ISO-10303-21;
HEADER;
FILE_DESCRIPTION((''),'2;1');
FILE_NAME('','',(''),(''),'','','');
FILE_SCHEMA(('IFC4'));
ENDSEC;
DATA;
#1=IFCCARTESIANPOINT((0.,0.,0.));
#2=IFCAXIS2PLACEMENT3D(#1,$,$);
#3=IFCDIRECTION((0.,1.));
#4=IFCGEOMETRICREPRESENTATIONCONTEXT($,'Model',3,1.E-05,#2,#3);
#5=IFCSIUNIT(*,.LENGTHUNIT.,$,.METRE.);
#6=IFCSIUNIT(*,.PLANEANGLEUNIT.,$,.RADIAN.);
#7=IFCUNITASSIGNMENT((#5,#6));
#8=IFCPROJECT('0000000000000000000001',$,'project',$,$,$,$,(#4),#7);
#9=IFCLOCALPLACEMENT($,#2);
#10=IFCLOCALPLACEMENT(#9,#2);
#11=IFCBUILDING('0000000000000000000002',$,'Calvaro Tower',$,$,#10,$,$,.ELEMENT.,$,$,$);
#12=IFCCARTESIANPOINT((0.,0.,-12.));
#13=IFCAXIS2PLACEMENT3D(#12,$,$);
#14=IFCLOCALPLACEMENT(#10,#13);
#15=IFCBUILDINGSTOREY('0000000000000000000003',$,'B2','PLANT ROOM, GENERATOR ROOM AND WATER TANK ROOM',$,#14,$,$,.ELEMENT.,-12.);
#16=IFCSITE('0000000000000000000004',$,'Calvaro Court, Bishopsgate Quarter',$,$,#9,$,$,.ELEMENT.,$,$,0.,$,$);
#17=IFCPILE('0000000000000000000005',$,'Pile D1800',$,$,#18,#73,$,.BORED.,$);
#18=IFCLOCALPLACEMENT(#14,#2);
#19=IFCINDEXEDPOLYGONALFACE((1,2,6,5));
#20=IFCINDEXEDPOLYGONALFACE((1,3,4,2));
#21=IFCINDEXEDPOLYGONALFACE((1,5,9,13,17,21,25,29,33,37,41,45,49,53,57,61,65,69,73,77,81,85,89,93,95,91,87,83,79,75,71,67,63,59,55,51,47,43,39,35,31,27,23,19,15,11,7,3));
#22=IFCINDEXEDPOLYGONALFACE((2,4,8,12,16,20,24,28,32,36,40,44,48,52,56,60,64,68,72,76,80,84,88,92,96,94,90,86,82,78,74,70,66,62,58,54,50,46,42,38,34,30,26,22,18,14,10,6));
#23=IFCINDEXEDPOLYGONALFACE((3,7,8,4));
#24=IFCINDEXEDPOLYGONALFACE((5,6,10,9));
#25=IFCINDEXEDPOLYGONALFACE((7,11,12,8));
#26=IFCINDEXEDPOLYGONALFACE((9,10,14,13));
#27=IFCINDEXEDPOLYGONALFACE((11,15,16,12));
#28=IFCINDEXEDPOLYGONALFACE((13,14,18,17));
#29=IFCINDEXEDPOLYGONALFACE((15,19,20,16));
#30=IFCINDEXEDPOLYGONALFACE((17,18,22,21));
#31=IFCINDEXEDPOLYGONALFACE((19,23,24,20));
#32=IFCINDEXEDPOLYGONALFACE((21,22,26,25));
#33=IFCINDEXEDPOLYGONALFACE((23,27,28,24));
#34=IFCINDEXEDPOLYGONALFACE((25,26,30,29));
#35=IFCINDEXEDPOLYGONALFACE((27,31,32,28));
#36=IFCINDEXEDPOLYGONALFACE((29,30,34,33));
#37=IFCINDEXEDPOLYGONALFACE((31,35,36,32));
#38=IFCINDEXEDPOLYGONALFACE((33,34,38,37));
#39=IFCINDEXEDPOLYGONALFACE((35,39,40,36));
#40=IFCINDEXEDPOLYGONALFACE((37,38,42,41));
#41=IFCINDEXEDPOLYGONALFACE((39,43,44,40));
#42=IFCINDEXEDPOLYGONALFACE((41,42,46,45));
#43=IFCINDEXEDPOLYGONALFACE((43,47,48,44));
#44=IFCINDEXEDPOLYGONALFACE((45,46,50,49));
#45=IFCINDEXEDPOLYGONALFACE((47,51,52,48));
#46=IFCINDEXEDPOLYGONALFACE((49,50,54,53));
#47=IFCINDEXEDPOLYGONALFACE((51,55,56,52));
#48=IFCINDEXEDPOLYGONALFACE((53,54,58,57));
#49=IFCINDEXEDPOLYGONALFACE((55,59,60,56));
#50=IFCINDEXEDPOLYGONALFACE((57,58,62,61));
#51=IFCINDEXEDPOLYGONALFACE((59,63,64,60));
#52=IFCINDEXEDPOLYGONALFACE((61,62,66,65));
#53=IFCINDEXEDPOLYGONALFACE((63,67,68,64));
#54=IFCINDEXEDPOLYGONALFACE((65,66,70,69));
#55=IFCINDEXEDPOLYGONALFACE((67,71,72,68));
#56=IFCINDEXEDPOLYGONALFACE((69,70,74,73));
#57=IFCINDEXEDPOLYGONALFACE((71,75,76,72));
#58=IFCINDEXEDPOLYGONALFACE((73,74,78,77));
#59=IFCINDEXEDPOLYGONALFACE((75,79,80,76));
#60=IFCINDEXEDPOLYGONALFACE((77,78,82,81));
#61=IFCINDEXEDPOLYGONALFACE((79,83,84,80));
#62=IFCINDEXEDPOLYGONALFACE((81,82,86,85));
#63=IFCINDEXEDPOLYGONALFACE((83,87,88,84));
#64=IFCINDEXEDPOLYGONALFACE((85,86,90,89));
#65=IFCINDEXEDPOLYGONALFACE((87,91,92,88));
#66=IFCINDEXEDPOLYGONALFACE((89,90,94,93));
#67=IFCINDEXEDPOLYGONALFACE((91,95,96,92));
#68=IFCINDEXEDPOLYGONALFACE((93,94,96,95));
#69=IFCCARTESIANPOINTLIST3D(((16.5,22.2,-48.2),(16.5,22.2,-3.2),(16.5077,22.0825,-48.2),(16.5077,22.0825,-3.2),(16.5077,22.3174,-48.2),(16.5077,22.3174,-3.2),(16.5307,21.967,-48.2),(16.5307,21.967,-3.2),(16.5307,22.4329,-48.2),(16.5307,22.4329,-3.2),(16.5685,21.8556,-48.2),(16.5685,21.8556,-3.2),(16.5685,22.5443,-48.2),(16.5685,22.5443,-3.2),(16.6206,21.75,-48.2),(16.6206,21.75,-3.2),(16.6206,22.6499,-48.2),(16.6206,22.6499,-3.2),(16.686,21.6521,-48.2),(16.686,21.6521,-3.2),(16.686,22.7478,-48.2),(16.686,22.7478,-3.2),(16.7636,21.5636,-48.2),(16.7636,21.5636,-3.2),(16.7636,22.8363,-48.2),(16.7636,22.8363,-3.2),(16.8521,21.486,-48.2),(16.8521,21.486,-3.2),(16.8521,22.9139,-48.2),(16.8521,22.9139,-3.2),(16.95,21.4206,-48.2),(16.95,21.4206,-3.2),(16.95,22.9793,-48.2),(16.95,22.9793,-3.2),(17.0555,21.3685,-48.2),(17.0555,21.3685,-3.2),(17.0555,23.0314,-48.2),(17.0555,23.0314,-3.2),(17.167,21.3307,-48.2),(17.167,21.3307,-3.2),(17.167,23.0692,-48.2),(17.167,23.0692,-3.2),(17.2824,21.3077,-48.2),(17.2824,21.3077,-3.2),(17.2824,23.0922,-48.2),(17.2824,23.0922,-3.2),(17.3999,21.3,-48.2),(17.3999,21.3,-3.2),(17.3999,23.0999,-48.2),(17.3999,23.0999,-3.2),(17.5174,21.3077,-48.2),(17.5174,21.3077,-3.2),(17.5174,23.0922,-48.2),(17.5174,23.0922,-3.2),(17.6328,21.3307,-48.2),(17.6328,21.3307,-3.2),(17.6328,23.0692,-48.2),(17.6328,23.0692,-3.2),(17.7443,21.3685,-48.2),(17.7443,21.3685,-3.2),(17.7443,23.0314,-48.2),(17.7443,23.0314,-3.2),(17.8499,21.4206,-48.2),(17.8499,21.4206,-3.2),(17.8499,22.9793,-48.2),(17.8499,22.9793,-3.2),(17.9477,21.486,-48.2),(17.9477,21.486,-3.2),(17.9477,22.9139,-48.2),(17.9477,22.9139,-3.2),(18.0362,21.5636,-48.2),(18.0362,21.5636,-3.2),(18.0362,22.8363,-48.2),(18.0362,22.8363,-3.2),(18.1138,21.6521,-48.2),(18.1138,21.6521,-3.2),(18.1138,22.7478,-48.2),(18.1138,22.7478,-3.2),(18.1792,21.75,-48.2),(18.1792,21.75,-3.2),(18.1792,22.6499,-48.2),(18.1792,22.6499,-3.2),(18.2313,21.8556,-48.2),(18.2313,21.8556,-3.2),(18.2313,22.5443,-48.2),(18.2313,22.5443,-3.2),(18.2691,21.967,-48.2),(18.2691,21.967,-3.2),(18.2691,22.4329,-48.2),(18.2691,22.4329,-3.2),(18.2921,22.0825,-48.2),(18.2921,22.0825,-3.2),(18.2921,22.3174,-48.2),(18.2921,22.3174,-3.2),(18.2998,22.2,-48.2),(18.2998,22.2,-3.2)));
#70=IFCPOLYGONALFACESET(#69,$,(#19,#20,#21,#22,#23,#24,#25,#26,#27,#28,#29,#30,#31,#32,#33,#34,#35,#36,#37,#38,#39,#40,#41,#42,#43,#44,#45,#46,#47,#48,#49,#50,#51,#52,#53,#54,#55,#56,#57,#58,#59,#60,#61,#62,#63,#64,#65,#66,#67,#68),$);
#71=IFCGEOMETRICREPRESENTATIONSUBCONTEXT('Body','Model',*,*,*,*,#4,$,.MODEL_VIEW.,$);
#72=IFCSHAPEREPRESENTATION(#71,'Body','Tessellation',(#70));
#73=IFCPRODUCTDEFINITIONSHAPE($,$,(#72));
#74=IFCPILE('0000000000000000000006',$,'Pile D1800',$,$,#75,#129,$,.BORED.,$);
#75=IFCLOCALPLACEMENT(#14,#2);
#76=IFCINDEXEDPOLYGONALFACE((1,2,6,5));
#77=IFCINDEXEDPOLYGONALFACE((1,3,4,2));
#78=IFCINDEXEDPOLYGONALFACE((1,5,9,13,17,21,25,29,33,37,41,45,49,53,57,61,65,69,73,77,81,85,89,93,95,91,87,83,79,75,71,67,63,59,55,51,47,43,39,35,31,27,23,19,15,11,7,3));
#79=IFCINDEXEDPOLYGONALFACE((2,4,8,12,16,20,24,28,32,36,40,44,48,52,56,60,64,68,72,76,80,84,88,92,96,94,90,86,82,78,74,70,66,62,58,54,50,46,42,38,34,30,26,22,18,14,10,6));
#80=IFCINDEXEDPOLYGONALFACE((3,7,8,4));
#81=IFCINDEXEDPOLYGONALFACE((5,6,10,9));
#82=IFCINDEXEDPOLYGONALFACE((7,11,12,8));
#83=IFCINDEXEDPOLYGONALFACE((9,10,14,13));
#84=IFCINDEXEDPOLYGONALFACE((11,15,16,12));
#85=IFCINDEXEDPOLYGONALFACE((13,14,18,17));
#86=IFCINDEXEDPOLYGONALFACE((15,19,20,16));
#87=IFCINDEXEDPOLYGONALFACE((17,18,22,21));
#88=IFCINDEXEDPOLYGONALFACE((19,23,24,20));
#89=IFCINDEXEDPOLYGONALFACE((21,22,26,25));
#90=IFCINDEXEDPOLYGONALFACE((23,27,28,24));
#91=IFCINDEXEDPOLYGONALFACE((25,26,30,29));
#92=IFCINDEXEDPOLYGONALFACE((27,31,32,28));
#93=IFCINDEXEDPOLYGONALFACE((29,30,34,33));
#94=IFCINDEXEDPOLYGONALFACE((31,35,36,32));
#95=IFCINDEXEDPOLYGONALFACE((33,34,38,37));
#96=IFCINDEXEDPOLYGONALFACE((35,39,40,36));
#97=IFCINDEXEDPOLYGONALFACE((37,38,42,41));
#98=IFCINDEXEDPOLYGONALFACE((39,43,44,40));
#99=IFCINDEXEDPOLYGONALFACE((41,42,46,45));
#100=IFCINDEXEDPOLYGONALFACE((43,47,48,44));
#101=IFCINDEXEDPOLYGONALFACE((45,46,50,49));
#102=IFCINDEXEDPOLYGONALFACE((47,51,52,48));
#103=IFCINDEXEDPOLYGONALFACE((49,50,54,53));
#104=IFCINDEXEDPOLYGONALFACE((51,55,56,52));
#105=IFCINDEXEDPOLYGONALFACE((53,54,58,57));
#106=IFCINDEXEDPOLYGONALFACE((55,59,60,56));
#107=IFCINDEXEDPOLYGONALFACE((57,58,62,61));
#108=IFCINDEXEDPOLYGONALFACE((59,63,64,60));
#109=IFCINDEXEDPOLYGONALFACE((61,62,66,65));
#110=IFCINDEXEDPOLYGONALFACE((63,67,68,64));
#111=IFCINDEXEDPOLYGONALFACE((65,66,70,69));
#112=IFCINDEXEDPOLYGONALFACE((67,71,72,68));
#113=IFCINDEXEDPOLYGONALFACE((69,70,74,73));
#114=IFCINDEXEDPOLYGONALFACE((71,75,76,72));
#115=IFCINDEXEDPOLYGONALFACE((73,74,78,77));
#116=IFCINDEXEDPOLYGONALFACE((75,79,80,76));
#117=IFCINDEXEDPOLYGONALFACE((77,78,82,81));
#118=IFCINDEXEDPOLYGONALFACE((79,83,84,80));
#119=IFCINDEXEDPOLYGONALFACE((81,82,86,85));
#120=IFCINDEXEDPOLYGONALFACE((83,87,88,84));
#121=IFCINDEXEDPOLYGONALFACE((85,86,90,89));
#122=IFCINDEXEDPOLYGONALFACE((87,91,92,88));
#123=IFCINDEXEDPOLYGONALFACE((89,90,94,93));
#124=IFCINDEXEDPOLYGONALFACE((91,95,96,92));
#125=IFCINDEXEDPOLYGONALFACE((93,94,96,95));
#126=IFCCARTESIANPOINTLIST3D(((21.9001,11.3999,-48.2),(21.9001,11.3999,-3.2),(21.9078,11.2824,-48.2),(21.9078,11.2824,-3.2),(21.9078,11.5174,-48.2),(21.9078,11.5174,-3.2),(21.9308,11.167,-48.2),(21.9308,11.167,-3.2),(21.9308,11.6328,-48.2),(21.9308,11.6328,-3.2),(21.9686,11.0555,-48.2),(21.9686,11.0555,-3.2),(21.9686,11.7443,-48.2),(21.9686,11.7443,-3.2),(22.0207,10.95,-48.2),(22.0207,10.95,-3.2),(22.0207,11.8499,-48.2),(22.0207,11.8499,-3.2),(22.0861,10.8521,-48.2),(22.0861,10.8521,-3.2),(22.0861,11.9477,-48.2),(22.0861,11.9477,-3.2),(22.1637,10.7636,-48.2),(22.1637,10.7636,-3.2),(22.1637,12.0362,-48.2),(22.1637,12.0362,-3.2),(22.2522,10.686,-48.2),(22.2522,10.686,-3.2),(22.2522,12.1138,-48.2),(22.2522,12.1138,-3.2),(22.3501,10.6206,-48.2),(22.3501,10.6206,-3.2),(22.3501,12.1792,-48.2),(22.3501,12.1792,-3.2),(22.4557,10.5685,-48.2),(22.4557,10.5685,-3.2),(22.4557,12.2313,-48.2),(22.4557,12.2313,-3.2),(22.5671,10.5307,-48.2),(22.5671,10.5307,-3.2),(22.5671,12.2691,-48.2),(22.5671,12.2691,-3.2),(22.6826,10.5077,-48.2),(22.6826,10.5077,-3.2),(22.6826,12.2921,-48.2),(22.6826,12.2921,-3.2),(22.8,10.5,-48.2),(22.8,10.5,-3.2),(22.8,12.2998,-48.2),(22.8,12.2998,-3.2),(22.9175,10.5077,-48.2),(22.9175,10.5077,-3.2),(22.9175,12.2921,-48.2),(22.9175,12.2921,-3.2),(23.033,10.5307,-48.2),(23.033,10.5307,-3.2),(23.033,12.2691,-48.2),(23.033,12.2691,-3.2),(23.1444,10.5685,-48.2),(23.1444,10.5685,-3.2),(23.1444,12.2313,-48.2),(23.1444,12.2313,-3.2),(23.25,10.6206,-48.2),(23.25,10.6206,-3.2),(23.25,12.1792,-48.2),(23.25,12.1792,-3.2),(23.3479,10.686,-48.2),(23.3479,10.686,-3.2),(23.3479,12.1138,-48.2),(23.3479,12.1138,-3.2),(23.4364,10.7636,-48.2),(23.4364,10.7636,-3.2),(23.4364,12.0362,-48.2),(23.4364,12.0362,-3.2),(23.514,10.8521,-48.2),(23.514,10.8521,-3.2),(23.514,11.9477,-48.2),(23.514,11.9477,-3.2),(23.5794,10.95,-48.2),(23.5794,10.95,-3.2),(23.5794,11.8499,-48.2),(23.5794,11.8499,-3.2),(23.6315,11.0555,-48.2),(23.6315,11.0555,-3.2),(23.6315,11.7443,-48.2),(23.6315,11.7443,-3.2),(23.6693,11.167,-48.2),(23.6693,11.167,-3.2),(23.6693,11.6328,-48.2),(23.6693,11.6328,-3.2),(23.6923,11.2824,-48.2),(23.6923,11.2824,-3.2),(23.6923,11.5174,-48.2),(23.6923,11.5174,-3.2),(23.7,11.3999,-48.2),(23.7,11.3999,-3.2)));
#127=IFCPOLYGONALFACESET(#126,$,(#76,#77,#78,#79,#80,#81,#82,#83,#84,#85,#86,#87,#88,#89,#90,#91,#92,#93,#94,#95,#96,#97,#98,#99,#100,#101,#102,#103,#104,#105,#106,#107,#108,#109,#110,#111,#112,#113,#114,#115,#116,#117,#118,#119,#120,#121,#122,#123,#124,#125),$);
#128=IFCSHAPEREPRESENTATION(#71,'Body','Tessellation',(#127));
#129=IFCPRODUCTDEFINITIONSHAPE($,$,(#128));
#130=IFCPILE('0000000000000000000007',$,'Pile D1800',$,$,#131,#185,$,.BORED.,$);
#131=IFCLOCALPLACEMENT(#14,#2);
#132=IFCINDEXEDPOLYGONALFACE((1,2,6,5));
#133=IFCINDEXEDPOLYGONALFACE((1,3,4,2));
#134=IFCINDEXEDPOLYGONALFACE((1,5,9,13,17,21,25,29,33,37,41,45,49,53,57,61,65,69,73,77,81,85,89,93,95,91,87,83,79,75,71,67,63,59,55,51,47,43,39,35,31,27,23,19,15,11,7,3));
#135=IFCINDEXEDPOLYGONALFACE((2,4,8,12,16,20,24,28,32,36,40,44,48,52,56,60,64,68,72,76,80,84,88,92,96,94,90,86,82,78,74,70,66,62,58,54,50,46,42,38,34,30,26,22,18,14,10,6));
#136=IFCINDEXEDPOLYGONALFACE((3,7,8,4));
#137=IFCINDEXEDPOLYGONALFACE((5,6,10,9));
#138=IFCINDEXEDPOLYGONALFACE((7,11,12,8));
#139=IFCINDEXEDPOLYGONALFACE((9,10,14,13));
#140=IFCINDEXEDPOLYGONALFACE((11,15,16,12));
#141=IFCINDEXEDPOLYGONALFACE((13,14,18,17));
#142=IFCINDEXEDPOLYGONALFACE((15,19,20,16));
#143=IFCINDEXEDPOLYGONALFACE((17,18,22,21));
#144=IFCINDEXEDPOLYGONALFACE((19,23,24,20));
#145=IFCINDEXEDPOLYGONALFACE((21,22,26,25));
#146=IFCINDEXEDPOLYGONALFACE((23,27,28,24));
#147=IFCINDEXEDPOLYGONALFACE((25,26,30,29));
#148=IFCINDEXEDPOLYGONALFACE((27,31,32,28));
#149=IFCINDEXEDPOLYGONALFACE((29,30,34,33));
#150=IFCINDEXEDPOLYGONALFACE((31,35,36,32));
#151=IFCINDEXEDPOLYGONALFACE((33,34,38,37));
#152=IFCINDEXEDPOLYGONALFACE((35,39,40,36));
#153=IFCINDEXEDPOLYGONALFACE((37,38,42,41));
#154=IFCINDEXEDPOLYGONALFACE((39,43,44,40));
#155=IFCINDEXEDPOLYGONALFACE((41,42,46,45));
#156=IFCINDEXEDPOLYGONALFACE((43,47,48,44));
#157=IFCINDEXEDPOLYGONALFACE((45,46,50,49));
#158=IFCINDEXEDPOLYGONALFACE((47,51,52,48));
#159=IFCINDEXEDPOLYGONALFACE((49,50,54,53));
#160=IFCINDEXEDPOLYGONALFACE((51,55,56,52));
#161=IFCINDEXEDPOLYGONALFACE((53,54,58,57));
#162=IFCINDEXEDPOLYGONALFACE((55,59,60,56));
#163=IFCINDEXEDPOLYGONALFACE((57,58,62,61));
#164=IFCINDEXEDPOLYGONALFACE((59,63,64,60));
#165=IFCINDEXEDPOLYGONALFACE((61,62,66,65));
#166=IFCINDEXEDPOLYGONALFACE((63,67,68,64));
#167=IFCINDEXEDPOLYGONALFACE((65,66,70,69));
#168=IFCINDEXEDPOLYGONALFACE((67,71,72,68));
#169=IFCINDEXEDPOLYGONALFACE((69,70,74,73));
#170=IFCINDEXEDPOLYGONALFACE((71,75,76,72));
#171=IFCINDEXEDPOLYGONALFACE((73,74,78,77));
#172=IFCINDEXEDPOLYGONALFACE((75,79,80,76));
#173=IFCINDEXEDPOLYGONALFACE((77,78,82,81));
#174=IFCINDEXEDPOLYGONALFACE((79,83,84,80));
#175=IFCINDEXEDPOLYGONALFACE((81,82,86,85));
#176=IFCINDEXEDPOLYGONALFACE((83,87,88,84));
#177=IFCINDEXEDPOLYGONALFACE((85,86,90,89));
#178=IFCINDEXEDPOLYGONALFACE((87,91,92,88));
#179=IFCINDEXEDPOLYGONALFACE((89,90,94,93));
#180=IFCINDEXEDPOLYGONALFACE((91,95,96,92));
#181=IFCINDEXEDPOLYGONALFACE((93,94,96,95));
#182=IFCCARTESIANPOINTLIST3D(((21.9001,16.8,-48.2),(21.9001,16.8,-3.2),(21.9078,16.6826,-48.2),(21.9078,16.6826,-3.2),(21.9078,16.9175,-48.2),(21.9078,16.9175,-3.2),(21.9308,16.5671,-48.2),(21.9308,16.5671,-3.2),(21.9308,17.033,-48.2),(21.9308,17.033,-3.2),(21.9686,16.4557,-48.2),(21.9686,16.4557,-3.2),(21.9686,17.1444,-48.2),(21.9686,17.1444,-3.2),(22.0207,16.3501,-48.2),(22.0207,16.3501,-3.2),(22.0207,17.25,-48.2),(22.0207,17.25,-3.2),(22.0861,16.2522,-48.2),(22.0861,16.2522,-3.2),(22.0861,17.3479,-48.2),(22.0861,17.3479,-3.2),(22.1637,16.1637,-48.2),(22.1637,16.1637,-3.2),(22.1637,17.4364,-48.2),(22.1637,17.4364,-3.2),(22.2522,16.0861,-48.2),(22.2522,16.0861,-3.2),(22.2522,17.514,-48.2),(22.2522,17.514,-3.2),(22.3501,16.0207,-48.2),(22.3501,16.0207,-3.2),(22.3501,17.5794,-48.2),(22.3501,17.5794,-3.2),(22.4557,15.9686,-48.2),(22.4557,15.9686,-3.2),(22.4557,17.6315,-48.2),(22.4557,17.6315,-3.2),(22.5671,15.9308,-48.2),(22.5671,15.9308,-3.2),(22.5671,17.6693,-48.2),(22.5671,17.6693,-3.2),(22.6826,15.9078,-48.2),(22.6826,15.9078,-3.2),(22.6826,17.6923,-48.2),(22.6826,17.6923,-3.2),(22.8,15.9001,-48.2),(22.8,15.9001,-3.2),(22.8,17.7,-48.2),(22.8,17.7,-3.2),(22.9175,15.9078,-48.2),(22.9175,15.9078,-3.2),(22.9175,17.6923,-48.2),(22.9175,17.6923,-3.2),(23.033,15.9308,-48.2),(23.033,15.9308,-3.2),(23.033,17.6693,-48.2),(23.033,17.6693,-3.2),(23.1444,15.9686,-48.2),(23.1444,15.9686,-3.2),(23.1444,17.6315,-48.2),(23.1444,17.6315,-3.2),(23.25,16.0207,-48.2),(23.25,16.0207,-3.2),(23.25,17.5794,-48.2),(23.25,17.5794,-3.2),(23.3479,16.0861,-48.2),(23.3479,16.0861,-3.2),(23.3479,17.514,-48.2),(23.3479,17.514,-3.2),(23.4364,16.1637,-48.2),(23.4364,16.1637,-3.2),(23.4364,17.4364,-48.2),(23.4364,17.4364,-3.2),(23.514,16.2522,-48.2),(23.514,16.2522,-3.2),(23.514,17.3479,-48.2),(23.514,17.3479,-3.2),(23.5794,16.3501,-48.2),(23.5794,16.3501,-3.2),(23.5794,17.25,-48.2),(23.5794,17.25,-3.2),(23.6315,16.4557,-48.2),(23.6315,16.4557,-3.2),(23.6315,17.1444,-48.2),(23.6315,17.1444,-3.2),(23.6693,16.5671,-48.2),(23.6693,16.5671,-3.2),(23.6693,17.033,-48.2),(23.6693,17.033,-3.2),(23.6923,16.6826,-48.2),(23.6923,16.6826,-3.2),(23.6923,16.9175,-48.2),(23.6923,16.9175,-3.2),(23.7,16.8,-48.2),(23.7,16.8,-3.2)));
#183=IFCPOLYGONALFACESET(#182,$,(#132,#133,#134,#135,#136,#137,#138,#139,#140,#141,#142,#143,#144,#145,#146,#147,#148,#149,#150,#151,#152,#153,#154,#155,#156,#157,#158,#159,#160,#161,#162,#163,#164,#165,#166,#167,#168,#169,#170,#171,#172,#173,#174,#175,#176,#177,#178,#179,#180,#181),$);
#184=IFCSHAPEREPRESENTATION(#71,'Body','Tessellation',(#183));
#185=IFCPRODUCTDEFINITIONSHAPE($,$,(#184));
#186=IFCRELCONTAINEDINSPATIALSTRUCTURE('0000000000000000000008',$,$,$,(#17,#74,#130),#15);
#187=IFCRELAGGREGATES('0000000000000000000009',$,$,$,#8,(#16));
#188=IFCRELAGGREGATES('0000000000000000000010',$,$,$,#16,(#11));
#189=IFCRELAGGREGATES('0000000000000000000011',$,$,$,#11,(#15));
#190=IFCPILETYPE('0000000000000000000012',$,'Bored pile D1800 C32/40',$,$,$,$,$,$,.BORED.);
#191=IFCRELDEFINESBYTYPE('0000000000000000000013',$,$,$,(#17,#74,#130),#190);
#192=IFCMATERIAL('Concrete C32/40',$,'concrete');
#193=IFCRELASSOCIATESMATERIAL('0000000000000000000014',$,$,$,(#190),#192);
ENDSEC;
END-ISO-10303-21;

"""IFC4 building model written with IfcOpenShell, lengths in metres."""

from ifc_helpers import new_model, si_unit, direction, frame, origin, origin_2d, place, context, subcontext, project, spatial, circle, extrude, material, material_profile, profile_set, type_object, element, save


model = new_model("IFC4")

# Units and contexts
model_context = context("Model", 3, precision=1e-05, world=origin(), true_north=direction((0.0, 1.0)))
body_context = subcontext(model_context, "Body", "Model", "MODEL_VIEW")
ifc_project = project(units=[si_unit("LENGTHUNIT", "METRE"), si_unit("PLANEANGLEUNIT", "RADIAN")], contexts=[model_context])

# Site, building, storey
site_placement = place(None, origin())
site = spatial("IfcSite", under=ifc_project, at=site_placement, Name="Calvaro Court, Bishopsgate Quarter", CompositionType="ELEMENT", RefElevation=0.0)
building_placement = place(site_placement, origin())
building = spatial("IfcBuilding", under=site, at=building_placement, Name="Calvaro Tower", CompositionType="ELEMENT")
storey_placement = place(building_placement, frame((0.0, 0.0, -12.0)))
storey = spatial("IfcBuildingStorey", under=building, at=storey_placement, Name="B2", Description="PLANT ROOM, GENERATOR ROOM AND WATER TANK ROOM", CompositionType="ELEMENT", Elevation=-12.0)

# Piles
ifc_material_1 = material(Name="Concrete C32/40", Category="concrete")
ifc_material_profile_1 = material_profile(ifc_material_1, circle(Radius=0.8999, at=origin_2d()), Name="Bored pile D1800")
ifc_profile_set_1 = profile_set([ifc_material_profile_1], Name="Concrete C32/40")
pile_type = type_object("IfcPileType", Name="Bored pile D1800 C32/40", PredefinedType="BORED", material=ifc_profile_set_1)
for number, where, z_axis, x_axis, name in (
    (1, (17.3999, 22.2, -3.2), (0.0, 0.0, -1.0), (1.0, 0.0, 0.0), "Pile D1800"),
    (2, (22.8, 11.3999, -3.2), (0.0, 0.0, -1.0), (1.0, 0.0, 0.0), "Pile D1800"),
    (3, (22.8, 16.8, -3.2), (0.0, 0.0, -1.0), (1.0, 0.0, 0.0), "Pile D1800"),
):
    element("IfcPile", number, at=place(storey_placement, frame(where, z_axis=z_axis, x_axis=x_axis)), inside=storey, type_object=pile_type, Name=name, PredefinedType="BORED", context=body_context, shape_type="SweptSolid", body=[
        extrude(circle(Radius=0.8999, at=origin_2d()), origin(), (0.0, 0.0, 1.0), 45.0),
    ])

save(model, "model.ifc")
